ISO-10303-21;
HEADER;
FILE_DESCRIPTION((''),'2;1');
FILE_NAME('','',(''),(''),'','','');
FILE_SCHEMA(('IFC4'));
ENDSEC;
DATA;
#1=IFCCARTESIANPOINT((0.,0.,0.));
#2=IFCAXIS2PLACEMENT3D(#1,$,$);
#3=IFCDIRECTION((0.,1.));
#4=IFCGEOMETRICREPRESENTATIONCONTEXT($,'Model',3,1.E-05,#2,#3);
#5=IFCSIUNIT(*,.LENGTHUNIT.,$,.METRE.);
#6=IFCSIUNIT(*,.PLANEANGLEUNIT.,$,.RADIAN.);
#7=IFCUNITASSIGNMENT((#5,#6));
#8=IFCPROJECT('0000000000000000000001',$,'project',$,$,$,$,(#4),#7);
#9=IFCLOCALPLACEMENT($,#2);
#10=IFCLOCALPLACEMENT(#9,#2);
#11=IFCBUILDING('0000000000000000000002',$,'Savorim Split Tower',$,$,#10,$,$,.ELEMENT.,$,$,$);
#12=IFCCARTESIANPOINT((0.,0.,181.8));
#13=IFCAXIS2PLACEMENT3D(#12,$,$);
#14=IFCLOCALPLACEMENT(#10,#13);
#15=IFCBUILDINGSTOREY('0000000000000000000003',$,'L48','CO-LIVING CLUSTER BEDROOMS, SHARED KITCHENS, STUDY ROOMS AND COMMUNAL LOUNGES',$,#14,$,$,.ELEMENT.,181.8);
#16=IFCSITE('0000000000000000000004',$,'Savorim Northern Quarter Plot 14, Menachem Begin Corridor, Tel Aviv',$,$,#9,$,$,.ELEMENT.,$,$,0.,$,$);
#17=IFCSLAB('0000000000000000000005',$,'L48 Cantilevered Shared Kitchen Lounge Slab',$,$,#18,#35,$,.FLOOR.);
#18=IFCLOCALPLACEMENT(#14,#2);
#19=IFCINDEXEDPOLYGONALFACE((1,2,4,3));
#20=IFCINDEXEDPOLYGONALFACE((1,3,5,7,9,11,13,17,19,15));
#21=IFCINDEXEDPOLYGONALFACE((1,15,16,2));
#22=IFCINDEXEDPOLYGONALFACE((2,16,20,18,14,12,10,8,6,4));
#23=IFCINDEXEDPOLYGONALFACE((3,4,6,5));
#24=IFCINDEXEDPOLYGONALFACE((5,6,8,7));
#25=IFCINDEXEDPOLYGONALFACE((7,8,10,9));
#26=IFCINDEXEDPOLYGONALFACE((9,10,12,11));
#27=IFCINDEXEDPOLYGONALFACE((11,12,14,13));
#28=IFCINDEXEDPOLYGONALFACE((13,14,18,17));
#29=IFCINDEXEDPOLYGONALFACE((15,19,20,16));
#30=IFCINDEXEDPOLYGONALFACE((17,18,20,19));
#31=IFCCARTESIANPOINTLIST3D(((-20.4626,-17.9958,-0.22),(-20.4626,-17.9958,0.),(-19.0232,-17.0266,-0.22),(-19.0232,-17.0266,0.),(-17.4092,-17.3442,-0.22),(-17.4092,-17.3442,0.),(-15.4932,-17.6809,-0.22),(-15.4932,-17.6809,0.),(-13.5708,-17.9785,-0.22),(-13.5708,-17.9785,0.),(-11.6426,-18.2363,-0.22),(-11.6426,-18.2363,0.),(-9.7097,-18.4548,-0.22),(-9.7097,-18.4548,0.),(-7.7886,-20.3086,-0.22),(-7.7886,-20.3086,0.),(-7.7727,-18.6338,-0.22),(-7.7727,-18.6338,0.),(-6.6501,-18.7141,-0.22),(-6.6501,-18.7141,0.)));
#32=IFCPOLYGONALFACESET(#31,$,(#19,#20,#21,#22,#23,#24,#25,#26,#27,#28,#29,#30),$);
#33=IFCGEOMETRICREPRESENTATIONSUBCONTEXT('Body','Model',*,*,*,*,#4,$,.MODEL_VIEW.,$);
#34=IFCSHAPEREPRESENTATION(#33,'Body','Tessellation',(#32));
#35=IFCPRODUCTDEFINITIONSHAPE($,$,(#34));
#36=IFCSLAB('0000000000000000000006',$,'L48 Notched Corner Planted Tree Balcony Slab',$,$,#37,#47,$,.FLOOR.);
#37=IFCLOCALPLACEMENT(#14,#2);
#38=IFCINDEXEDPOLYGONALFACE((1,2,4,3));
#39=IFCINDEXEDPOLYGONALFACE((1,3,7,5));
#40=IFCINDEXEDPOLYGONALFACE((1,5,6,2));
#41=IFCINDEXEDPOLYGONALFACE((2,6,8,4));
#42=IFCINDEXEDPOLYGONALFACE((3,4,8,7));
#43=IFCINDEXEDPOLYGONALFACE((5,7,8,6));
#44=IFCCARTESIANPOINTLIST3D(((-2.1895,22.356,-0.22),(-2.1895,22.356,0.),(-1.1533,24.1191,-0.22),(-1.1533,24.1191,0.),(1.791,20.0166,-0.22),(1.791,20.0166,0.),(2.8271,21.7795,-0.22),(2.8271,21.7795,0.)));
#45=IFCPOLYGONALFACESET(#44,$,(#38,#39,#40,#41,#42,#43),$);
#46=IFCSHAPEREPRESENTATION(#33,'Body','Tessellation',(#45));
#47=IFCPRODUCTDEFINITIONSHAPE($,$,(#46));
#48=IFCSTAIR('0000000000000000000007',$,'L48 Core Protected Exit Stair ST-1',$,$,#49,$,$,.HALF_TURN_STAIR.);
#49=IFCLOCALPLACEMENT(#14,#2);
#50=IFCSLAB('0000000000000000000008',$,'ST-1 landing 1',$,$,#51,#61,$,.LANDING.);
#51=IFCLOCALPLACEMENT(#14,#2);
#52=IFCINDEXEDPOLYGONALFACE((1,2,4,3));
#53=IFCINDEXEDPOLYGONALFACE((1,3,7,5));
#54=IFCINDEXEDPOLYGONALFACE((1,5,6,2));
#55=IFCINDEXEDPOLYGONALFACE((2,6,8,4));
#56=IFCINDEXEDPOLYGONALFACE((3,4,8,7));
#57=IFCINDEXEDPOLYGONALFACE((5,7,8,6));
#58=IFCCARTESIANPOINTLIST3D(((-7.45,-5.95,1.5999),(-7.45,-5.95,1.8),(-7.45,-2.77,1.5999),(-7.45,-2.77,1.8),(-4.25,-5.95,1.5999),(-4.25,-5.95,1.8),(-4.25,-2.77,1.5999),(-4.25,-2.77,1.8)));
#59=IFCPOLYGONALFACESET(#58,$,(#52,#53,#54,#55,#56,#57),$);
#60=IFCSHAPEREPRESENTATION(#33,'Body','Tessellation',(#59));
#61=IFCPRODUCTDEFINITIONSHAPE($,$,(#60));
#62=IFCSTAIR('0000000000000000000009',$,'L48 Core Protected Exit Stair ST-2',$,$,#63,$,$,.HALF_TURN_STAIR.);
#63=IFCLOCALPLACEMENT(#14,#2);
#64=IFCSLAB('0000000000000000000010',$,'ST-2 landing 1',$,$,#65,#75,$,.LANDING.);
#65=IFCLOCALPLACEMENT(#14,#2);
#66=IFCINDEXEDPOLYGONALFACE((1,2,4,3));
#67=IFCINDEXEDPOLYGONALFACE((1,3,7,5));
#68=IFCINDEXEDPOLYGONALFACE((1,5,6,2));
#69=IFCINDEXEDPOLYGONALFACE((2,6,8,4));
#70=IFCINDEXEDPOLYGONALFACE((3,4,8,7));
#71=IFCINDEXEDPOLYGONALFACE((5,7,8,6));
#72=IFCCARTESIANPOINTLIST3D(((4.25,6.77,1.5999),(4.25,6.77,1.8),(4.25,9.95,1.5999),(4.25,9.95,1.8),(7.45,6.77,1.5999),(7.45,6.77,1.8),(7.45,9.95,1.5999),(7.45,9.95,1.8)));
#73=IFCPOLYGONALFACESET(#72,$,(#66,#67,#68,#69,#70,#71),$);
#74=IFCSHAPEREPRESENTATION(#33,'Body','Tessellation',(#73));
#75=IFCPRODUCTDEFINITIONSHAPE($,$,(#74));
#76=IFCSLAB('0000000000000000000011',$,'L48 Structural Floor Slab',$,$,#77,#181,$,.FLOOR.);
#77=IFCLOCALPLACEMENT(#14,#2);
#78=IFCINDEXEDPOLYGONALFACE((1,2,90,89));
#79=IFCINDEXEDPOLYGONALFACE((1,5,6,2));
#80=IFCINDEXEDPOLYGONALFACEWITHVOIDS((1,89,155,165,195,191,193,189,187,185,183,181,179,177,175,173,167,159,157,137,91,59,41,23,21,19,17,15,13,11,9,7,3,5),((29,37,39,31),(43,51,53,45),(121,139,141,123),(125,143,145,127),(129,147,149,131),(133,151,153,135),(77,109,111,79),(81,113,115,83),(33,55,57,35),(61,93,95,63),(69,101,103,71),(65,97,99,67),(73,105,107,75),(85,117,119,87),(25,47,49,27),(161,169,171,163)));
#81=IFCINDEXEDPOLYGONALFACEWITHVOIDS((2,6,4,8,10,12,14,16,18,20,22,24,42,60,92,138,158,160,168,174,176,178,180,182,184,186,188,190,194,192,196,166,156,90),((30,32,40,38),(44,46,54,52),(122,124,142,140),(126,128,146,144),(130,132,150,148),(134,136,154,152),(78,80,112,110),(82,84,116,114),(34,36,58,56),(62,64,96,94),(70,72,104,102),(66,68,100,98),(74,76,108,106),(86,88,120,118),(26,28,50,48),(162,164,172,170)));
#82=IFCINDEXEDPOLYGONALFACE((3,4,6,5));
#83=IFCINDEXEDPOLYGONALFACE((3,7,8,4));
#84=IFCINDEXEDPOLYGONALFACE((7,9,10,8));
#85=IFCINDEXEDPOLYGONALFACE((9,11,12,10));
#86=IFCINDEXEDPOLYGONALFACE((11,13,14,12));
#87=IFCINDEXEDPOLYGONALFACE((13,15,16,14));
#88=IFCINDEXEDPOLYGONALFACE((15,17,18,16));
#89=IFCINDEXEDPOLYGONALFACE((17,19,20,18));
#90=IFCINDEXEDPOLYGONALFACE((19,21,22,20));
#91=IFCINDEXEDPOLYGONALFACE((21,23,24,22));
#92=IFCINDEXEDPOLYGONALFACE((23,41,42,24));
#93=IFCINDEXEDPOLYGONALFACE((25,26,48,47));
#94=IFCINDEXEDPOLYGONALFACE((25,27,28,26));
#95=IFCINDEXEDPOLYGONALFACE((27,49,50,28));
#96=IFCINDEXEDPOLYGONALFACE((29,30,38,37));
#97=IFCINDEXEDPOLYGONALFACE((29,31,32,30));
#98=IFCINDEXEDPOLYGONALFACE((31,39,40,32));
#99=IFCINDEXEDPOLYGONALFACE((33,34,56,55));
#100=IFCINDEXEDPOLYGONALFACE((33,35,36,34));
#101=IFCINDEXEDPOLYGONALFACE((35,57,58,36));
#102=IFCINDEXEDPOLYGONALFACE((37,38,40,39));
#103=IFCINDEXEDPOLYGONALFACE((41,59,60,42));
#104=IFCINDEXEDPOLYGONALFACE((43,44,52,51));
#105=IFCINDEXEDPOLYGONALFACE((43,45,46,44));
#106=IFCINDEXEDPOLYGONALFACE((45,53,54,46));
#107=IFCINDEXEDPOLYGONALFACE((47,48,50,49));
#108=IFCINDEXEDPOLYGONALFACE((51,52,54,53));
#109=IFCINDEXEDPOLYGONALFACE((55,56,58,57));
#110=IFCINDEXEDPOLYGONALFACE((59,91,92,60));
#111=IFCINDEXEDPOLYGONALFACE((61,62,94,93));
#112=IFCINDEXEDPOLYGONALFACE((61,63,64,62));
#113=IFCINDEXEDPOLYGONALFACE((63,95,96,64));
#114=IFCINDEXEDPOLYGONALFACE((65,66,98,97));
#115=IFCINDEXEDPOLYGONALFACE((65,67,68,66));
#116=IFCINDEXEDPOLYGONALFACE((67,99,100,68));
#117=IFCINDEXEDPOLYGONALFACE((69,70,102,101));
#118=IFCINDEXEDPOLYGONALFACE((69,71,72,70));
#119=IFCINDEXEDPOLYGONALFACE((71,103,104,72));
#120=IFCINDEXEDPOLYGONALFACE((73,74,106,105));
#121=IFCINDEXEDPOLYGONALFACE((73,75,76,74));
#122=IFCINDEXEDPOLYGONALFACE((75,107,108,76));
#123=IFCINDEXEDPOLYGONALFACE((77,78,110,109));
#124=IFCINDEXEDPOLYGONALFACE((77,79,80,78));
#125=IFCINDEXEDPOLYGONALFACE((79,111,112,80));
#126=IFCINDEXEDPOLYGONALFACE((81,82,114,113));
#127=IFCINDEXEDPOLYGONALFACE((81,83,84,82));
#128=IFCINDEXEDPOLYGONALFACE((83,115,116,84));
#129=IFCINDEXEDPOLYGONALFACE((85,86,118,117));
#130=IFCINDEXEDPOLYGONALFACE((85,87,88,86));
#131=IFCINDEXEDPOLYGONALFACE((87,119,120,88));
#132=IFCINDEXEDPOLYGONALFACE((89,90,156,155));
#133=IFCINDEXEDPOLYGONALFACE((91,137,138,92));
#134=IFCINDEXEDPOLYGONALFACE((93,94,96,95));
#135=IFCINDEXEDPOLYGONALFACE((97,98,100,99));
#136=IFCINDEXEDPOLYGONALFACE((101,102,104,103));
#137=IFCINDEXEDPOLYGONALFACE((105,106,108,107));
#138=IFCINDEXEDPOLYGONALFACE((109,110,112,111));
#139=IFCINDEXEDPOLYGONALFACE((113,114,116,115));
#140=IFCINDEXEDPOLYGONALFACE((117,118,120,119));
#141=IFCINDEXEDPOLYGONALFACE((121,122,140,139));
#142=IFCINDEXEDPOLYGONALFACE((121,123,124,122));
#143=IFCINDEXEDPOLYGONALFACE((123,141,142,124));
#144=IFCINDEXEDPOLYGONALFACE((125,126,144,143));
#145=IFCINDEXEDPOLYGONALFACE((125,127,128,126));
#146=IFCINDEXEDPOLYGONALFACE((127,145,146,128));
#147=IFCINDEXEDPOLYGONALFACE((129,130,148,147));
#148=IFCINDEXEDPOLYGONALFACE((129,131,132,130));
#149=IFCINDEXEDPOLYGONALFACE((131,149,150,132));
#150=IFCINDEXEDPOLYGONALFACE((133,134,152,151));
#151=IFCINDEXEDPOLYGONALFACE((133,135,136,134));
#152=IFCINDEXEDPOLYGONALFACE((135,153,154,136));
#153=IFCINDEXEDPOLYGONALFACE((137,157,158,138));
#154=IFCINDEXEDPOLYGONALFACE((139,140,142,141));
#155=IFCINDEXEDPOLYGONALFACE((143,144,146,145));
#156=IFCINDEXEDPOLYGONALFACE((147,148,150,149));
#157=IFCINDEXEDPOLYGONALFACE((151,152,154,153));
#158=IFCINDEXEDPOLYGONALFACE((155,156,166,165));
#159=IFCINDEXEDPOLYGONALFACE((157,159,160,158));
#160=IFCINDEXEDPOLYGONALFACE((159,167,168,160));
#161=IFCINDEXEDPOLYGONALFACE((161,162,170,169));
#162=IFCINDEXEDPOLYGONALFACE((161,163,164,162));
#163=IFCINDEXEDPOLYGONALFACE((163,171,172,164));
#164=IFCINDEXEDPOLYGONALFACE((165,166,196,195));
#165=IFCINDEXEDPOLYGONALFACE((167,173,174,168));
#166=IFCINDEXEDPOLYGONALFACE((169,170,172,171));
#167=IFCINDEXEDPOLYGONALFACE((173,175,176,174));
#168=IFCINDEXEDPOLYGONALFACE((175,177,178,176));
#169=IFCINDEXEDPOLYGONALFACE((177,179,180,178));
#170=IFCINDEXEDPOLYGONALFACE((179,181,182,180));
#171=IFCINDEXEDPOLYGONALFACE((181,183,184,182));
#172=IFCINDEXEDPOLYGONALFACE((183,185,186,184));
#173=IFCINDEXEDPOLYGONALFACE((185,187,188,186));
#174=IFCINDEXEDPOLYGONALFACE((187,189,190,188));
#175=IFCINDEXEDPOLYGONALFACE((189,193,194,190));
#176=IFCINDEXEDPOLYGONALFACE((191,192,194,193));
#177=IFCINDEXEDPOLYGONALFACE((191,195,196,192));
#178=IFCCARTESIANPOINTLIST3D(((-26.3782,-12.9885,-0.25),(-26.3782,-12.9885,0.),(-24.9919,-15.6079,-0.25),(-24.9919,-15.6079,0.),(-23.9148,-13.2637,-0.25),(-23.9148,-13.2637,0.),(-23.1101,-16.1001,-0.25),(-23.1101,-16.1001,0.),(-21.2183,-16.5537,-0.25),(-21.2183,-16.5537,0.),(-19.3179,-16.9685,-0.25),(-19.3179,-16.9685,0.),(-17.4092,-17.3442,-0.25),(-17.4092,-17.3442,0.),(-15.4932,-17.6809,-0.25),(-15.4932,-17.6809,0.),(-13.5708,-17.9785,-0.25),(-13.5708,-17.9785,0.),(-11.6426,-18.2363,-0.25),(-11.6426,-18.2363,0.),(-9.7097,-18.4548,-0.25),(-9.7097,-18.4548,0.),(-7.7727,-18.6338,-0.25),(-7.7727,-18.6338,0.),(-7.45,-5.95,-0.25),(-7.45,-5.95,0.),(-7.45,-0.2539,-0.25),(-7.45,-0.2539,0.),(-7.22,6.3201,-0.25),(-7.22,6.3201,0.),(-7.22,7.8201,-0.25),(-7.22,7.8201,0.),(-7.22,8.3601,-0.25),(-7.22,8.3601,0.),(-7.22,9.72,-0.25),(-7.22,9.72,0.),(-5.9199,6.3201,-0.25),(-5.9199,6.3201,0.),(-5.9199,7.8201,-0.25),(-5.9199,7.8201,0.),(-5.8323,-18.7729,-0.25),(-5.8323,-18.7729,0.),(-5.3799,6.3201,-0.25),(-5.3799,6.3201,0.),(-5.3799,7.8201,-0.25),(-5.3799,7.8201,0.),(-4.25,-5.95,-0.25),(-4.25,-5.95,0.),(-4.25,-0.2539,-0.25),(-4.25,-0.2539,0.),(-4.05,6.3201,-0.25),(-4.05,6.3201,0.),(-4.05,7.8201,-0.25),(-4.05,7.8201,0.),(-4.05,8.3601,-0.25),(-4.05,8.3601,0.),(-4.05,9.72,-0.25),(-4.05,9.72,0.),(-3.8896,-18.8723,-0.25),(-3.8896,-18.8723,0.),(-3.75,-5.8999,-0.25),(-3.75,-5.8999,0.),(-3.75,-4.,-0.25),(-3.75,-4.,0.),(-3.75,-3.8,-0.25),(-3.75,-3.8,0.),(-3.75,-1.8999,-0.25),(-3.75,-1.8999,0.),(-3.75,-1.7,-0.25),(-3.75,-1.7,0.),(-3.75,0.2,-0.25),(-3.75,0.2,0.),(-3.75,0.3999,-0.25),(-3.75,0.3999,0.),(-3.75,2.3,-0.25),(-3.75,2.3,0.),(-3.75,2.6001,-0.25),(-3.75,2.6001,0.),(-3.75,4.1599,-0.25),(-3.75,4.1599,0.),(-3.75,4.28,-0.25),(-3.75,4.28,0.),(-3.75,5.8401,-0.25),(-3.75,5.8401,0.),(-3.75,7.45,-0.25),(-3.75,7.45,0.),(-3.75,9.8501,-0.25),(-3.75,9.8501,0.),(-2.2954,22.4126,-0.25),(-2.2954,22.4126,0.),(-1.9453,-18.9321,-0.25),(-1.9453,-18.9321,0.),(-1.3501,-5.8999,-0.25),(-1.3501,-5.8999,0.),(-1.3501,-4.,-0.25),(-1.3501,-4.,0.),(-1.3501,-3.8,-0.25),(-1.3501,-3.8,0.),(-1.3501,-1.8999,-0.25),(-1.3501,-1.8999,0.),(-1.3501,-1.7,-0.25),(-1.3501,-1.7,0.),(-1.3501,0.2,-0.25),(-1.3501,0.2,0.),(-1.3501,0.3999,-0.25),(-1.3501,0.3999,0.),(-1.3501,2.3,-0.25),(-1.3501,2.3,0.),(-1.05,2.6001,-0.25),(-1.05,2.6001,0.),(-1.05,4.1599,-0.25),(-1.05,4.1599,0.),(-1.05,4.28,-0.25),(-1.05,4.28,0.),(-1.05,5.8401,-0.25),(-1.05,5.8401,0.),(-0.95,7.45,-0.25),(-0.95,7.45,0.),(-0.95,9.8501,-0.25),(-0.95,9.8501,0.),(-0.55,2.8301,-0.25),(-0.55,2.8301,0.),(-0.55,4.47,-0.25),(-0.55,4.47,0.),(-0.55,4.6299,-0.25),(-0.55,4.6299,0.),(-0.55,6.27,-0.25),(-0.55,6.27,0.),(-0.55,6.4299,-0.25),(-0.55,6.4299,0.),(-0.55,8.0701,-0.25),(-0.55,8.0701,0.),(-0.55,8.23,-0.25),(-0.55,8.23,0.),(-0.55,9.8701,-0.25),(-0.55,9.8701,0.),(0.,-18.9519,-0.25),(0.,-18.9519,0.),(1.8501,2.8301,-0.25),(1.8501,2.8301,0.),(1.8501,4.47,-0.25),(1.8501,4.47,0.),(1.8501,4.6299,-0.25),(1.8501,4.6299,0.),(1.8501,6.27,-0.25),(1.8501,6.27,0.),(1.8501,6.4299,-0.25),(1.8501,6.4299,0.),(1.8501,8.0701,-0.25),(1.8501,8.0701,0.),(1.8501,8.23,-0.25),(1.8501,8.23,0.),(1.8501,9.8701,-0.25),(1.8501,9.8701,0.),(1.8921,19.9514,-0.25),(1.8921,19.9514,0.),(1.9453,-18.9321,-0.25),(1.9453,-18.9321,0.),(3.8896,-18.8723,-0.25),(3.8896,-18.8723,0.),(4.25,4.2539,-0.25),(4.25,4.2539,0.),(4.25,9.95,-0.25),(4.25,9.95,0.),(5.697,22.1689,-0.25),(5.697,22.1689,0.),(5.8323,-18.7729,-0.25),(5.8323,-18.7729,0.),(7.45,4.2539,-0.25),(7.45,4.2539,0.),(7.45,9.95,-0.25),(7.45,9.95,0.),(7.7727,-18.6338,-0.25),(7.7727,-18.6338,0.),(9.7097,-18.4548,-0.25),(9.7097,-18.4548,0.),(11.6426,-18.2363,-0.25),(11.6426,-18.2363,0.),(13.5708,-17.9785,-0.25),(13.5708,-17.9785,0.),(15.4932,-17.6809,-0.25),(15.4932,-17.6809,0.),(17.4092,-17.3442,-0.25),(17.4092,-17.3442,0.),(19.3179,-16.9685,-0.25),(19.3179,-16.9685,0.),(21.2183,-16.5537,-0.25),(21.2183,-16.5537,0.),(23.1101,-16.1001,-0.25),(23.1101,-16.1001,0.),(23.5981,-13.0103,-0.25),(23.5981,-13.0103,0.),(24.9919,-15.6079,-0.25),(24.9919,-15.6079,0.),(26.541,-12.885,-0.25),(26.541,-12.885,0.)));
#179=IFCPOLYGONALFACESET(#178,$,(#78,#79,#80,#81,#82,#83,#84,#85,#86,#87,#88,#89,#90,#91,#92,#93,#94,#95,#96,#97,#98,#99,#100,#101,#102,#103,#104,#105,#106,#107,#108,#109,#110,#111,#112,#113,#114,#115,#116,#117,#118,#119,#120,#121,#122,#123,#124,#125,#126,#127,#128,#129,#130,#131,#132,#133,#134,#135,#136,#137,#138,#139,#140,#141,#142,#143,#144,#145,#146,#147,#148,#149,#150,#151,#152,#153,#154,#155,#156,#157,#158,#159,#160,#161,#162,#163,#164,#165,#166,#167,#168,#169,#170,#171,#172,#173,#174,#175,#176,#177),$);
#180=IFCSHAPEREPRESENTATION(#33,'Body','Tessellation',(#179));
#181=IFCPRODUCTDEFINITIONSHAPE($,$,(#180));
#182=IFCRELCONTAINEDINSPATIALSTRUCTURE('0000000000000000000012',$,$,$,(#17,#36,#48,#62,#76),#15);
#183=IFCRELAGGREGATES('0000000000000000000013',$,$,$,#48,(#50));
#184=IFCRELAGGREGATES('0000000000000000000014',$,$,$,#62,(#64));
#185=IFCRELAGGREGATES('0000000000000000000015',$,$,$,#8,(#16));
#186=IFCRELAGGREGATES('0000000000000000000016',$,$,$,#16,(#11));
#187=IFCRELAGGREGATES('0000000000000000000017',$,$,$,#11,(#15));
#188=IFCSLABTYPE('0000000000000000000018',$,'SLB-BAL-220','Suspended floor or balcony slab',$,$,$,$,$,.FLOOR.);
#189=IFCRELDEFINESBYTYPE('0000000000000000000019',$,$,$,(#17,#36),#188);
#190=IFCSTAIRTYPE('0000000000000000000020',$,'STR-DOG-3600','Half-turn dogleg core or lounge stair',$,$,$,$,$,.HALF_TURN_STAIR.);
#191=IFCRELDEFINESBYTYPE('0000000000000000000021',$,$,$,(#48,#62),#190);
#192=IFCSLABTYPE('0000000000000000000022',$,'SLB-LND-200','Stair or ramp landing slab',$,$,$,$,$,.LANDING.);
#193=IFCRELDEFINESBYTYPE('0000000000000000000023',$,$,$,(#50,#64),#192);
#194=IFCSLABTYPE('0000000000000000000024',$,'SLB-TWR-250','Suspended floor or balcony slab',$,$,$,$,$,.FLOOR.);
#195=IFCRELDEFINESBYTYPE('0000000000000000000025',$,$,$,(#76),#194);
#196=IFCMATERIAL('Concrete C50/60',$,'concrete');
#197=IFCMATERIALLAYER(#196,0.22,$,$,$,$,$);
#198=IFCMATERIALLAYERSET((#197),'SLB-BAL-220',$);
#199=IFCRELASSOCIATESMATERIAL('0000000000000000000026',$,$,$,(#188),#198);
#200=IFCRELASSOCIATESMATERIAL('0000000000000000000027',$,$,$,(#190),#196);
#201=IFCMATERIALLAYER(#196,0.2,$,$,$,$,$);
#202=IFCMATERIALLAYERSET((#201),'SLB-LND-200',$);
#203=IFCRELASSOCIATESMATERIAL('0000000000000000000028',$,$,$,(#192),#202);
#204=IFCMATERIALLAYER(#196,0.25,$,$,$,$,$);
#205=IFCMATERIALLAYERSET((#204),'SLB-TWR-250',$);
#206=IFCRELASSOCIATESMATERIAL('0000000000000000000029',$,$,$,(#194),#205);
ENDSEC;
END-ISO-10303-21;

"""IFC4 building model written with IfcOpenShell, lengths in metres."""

from ifc_helpers import new_model, si_unit, direction, frame, origin, place, context, subcontext, project, spatial, polyline, outline, extrude, material, layer, layer_set, type_object, element, aggregate, save


model = new_model("IFC4")

# Units and contexts
model_context = context("Model", 3, precision=1e-05, world=origin(), true_north=direction((0.0, 1.0)))
body_context = subcontext(model_context, "Body", "Model", "MODEL_VIEW")
ifc_project = project(units=[si_unit("LENGTHUNIT", "METRE"), si_unit("PLANEANGLEUNIT", "RADIAN")], contexts=[model_context])

# Site, building, storey
site_placement = place(None, origin())
site = spatial("IfcSite", under=ifc_project, at=site_placement, Name="Savorim Northern Quarter Plot 14, Menachem Begin Corridor, Tel Aviv", CompositionType="ELEMENT", RefElevation=0.0)
building_placement = place(site_placement, origin())
building = spatial("IfcBuilding", under=site, at=building_placement, Name="Savorim Split Tower", CompositionType="ELEMENT")
storey_placement = place(building_placement, frame((0.0, 0.0, 181.8)))
storey = spatial("IfcBuildingStorey", under=building, at=storey_placement, Name="L48", Description="CO-LIVING CLUSTER BEDROOMS, SHARED KITCHENS, STUDY ROOMS AND COMMUNAL LOUNGES", CompositionType="ELEMENT", Elevation=181.8)

# Slabs
ifc_material_1 = material(Name="Concrete C50/60", Category="concrete")
ifc_layer_1 = layer(ifc_material_1, 0.22)
ifc_layer_set_1 = layer_set([ifc_layer_1], Name="SLB-BAL-220")
slab_type_1 = type_object("IfcSlabType", Name="SLB-BAL-220", Description="Suspended floor or balcony slab", PredefinedType="FLOOR", material=ifc_layer_set_1)
slab_1_placement = place(storey_placement, frame((0.0, 0.0, -0.22)))
element("IfcSlab", 1, at=slab_1_placement, inside=storey, type_object=slab_type_1, Name="L48 Cantilevered Shared Kitchen Lounge Slab", PredefinedType="FLOOR", context=body_context, shape_type="SweptSolid", body=[
    extrude(outline(polyline([(-6.6501, -18.7141), (-7.7727, -18.6338), (-9.7097, -18.4548), (-11.6426, -18.2363), (-13.5708, -17.9785), (-15.4932, -17.6809), (-17.4092, -17.3442), (-19.0232, -17.0266), (-20.4626, -17.9958), (-7.7886, -20.3086), (-6.6501, -18.7141)])), origin(), (0.0, 0.0, 1.0), 0.22),
])
slab_2_placement = place(storey_placement, frame((0.0, 0.0, -0.22)))
element("IfcSlab", 2, at=slab_2_placement, inside=storey, type_object=slab_type_1, Name="L48 Notched Corner Planted Tree Balcony Slab", PredefinedType="FLOOR", context=body_context, shape_type="SweptSolid", body=[
    extrude(outline(polyline([(-2.1895, 22.356), (1.791, 20.0166), (2.8271, 21.7795), (-1.1533, 24.1191), (-2.1895, 22.356)])), origin(), (0.0, 0.0, 1.0), 0.22),
])

# Stairs, slabs
stair_type = type_object("IfcStairType", Name="STR-DOG-3600", Description="Half-turn dogleg core or lounge stair", PredefinedType="HALF_TURN_STAIR", material=ifc_material_1)
stair_1_placement = place(storey_placement, origin())
stair_1 = element("IfcStair", 3, at=stair_1_placement, inside=storey, type_object=stair_type, Name="L48 Core Protected Exit Stair ST-1", PredefinedType="HALF_TURN_STAIR")
ifc_layer_2 = layer(ifc_material_1, 0.2)
ifc_layer_set_2 = layer_set([ifc_layer_2], Name="SLB-LND-200")
slab_type_2 = type_object("IfcSlabType", Name="SLB-LND-200", Description="Stair or ramp landing slab", PredefinedType="LANDING", material=ifc_layer_set_2)
slab_3_placement = place(storey_placement, frame((0.0, 0.0, 1.5999)))
slab_3 = element("IfcSlab", 4, at=slab_3_placement, type_object=slab_type_2, Name="ST-1 landing 1", PredefinedType="LANDING", context=body_context, shape_type="SweptSolid", body=[
    extrude(outline(polyline([(-7.45, -2.77), (-7.45, -5.95), (-4.25, -5.95), (-4.25, -2.77), (-7.45, -2.77)])), origin(), (0.0, 0.0, 1.0), 0.2002),
])
aggregate(stair_1, [slab_3])
stair_2_placement = place(storey_placement, origin())
stair_2 = element("IfcStair", 5, at=stair_2_placement, inside=storey, type_object=stair_type, Name="L48 Core Protected Exit Stair ST-2", PredefinedType="HALF_TURN_STAIR")
slab_4_placement = place(storey_placement, frame((0.0, 0.0, 1.5999)))
slab_4 = element("IfcSlab", 6, at=slab_4_placement, type_object=slab_type_2, Name="ST-2 landing 1", PredefinedType="LANDING", context=body_context, shape_type="SweptSolid", body=[
    extrude(outline(polyline([(7.45, 6.77), (7.45, 9.95), (4.25, 9.95), (4.25, 6.77), (7.45, 6.77)])), origin(), (0.0, 0.0, 1.0), 0.2002),
])
aggregate(stair_2, [slab_4])

# Slab
ifc_layer_3 = layer(ifc_material_1, 0.25)
ifc_layer_set_3 = layer_set([ifc_layer_3], Name="SLB-TWR-250")
slab_type_3 = type_object("IfcSlabType", Name="SLB-TWR-250", Description="Suspended floor or balcony slab", PredefinedType="FLOOR", material=ifc_layer_set_3)
slab_5_placement = place(storey_placement, frame((0.0, 0.0, -0.25)))
element("IfcSlab", 7, at=slab_5_placement, inside=storey, type_object=slab_type_3, Name="L48 Structural Floor Slab", PredefinedType="FLOOR", context=body_context, shape_type="SweptSolid", body=[
    extrude(outline(polyline([(-24.9919, -15.6079), (-23.1101, -16.1001), (-21.2183, -16.5537), (-19.3179, -16.9685), (-17.4092, -17.3442), (-15.4932, -17.6809), (-13.5708, -17.9785), (-11.6426, -18.2363), (-9.7097, -18.4548), (-7.7727, -18.6338), (-5.8323, -18.7729), (-3.8896, -18.8723), (-1.9453, -18.9321), (0.0, -18.9519), (1.9453, -18.9321), (3.8896, -18.8723), (5.8323, -18.7729), (7.7727, -18.6338), (9.7097, -18.4548), (11.6426, -18.2363), (13.5708, -17.9785), (15.4932, -17.6809), (17.4092, -17.3442), (19.3179, -16.9685), (21.2183, -16.5537), (23.1101, -16.1001), (24.9919, -15.6079), (23.5981, -13.0103), (26.541, -12.885), (5.697, 22.1689), (1.8921, 19.9514), (-2.2954, 22.4126), (-26.3782, -12.9885), (-23.9148, -13.2637), (-24.9919, -15.6079)]), holes=[polyline([(-7.45, -0.2539), (-7.45, -5.95), (-4.25, -5.95), (-4.25, -0.2539), (-7.45, -0.2539)]), polyline([(7.45, 4.2539), (7.45, 9.95), (4.25, 9.95), (4.25, 4.2539), (7.45, 4.2539)]), polyline([(-3.75, -5.8999), (-1.3501, -5.8999), (-1.3501, -4.0), (-3.75, -4.0), (-3.75, -5.8999)]), polyline([(-3.75, -3.8), (-1.3501, -3.8), (-1.3501, -1.8999), (-3.75, -1.8999), (-3.75, -3.8)]), polyline([(-3.75, -1.7), (-1.3501, -1.7), (-1.3501, 0.2), (-3.75, 0.2), (-3.75, -1.7)]), polyline([(-3.75, 0.3999), (-1.3501, 0.3999), (-1.3501, 2.3), (-3.75, 2.3), (-3.75, 0.3999)]), polyline([(-0.55, 2.8301), (1.8501, 2.8301), (1.8501, 4.47), (-0.55, 4.47), (-0.55, 2.8301)]), polyline([(-0.55, 4.6299), (1.8501, 4.6299), (1.8501, 6.27), (-0.55, 6.27), (-0.55, 4.6299)]), polyline([(-0.55, 6.4299), (1.8501, 6.4299), (1.8501, 8.0701), (-0.55, 8.0701), (-0.55, 6.4299)]), polyline([(-0.55, 8.23), (1.8501, 8.23), (1.8501, 9.8701), (-0.55, 9.8701), (-0.55, 8.23)]), polyline([(-3.75, 2.6001), (-1.05, 2.6001), (-1.05, 4.1599), (-3.75, 4.1599), (-3.75, 2.6001)]), polyline([(-3.75, 4.28), (-1.05, 4.28), (-1.05, 5.8401), (-3.75, 5.8401), (-3.75, 4.28)]), polyline([(-3.75, 7.45), (-0.95, 7.45), (-0.95, 9.8501), (-3.75, 9.8501), (-3.75, 7.45)]), polyline([(-7.22, 6.3201), (-5.9199, 6.3201), (-5.9199, 7.8201), (-7.22, 7.8201), (-7.22, 6.3201)]), polyline([(-5.3799, 6.3201), (-4.05, 6.3201), (-4.05, 7.8201), (-5.3799, 7.8201), (-5.3799, 6.3201)]), polyline([(-7.22, 8.3601), (-4.05, 8.3601), (-4.05, 9.72), (-7.22, 9.72), (-7.22, 8.3601)])]), origin(), (0.0, 0.0, 1.0), 0.25),
])

save(model, "model.ifc")
